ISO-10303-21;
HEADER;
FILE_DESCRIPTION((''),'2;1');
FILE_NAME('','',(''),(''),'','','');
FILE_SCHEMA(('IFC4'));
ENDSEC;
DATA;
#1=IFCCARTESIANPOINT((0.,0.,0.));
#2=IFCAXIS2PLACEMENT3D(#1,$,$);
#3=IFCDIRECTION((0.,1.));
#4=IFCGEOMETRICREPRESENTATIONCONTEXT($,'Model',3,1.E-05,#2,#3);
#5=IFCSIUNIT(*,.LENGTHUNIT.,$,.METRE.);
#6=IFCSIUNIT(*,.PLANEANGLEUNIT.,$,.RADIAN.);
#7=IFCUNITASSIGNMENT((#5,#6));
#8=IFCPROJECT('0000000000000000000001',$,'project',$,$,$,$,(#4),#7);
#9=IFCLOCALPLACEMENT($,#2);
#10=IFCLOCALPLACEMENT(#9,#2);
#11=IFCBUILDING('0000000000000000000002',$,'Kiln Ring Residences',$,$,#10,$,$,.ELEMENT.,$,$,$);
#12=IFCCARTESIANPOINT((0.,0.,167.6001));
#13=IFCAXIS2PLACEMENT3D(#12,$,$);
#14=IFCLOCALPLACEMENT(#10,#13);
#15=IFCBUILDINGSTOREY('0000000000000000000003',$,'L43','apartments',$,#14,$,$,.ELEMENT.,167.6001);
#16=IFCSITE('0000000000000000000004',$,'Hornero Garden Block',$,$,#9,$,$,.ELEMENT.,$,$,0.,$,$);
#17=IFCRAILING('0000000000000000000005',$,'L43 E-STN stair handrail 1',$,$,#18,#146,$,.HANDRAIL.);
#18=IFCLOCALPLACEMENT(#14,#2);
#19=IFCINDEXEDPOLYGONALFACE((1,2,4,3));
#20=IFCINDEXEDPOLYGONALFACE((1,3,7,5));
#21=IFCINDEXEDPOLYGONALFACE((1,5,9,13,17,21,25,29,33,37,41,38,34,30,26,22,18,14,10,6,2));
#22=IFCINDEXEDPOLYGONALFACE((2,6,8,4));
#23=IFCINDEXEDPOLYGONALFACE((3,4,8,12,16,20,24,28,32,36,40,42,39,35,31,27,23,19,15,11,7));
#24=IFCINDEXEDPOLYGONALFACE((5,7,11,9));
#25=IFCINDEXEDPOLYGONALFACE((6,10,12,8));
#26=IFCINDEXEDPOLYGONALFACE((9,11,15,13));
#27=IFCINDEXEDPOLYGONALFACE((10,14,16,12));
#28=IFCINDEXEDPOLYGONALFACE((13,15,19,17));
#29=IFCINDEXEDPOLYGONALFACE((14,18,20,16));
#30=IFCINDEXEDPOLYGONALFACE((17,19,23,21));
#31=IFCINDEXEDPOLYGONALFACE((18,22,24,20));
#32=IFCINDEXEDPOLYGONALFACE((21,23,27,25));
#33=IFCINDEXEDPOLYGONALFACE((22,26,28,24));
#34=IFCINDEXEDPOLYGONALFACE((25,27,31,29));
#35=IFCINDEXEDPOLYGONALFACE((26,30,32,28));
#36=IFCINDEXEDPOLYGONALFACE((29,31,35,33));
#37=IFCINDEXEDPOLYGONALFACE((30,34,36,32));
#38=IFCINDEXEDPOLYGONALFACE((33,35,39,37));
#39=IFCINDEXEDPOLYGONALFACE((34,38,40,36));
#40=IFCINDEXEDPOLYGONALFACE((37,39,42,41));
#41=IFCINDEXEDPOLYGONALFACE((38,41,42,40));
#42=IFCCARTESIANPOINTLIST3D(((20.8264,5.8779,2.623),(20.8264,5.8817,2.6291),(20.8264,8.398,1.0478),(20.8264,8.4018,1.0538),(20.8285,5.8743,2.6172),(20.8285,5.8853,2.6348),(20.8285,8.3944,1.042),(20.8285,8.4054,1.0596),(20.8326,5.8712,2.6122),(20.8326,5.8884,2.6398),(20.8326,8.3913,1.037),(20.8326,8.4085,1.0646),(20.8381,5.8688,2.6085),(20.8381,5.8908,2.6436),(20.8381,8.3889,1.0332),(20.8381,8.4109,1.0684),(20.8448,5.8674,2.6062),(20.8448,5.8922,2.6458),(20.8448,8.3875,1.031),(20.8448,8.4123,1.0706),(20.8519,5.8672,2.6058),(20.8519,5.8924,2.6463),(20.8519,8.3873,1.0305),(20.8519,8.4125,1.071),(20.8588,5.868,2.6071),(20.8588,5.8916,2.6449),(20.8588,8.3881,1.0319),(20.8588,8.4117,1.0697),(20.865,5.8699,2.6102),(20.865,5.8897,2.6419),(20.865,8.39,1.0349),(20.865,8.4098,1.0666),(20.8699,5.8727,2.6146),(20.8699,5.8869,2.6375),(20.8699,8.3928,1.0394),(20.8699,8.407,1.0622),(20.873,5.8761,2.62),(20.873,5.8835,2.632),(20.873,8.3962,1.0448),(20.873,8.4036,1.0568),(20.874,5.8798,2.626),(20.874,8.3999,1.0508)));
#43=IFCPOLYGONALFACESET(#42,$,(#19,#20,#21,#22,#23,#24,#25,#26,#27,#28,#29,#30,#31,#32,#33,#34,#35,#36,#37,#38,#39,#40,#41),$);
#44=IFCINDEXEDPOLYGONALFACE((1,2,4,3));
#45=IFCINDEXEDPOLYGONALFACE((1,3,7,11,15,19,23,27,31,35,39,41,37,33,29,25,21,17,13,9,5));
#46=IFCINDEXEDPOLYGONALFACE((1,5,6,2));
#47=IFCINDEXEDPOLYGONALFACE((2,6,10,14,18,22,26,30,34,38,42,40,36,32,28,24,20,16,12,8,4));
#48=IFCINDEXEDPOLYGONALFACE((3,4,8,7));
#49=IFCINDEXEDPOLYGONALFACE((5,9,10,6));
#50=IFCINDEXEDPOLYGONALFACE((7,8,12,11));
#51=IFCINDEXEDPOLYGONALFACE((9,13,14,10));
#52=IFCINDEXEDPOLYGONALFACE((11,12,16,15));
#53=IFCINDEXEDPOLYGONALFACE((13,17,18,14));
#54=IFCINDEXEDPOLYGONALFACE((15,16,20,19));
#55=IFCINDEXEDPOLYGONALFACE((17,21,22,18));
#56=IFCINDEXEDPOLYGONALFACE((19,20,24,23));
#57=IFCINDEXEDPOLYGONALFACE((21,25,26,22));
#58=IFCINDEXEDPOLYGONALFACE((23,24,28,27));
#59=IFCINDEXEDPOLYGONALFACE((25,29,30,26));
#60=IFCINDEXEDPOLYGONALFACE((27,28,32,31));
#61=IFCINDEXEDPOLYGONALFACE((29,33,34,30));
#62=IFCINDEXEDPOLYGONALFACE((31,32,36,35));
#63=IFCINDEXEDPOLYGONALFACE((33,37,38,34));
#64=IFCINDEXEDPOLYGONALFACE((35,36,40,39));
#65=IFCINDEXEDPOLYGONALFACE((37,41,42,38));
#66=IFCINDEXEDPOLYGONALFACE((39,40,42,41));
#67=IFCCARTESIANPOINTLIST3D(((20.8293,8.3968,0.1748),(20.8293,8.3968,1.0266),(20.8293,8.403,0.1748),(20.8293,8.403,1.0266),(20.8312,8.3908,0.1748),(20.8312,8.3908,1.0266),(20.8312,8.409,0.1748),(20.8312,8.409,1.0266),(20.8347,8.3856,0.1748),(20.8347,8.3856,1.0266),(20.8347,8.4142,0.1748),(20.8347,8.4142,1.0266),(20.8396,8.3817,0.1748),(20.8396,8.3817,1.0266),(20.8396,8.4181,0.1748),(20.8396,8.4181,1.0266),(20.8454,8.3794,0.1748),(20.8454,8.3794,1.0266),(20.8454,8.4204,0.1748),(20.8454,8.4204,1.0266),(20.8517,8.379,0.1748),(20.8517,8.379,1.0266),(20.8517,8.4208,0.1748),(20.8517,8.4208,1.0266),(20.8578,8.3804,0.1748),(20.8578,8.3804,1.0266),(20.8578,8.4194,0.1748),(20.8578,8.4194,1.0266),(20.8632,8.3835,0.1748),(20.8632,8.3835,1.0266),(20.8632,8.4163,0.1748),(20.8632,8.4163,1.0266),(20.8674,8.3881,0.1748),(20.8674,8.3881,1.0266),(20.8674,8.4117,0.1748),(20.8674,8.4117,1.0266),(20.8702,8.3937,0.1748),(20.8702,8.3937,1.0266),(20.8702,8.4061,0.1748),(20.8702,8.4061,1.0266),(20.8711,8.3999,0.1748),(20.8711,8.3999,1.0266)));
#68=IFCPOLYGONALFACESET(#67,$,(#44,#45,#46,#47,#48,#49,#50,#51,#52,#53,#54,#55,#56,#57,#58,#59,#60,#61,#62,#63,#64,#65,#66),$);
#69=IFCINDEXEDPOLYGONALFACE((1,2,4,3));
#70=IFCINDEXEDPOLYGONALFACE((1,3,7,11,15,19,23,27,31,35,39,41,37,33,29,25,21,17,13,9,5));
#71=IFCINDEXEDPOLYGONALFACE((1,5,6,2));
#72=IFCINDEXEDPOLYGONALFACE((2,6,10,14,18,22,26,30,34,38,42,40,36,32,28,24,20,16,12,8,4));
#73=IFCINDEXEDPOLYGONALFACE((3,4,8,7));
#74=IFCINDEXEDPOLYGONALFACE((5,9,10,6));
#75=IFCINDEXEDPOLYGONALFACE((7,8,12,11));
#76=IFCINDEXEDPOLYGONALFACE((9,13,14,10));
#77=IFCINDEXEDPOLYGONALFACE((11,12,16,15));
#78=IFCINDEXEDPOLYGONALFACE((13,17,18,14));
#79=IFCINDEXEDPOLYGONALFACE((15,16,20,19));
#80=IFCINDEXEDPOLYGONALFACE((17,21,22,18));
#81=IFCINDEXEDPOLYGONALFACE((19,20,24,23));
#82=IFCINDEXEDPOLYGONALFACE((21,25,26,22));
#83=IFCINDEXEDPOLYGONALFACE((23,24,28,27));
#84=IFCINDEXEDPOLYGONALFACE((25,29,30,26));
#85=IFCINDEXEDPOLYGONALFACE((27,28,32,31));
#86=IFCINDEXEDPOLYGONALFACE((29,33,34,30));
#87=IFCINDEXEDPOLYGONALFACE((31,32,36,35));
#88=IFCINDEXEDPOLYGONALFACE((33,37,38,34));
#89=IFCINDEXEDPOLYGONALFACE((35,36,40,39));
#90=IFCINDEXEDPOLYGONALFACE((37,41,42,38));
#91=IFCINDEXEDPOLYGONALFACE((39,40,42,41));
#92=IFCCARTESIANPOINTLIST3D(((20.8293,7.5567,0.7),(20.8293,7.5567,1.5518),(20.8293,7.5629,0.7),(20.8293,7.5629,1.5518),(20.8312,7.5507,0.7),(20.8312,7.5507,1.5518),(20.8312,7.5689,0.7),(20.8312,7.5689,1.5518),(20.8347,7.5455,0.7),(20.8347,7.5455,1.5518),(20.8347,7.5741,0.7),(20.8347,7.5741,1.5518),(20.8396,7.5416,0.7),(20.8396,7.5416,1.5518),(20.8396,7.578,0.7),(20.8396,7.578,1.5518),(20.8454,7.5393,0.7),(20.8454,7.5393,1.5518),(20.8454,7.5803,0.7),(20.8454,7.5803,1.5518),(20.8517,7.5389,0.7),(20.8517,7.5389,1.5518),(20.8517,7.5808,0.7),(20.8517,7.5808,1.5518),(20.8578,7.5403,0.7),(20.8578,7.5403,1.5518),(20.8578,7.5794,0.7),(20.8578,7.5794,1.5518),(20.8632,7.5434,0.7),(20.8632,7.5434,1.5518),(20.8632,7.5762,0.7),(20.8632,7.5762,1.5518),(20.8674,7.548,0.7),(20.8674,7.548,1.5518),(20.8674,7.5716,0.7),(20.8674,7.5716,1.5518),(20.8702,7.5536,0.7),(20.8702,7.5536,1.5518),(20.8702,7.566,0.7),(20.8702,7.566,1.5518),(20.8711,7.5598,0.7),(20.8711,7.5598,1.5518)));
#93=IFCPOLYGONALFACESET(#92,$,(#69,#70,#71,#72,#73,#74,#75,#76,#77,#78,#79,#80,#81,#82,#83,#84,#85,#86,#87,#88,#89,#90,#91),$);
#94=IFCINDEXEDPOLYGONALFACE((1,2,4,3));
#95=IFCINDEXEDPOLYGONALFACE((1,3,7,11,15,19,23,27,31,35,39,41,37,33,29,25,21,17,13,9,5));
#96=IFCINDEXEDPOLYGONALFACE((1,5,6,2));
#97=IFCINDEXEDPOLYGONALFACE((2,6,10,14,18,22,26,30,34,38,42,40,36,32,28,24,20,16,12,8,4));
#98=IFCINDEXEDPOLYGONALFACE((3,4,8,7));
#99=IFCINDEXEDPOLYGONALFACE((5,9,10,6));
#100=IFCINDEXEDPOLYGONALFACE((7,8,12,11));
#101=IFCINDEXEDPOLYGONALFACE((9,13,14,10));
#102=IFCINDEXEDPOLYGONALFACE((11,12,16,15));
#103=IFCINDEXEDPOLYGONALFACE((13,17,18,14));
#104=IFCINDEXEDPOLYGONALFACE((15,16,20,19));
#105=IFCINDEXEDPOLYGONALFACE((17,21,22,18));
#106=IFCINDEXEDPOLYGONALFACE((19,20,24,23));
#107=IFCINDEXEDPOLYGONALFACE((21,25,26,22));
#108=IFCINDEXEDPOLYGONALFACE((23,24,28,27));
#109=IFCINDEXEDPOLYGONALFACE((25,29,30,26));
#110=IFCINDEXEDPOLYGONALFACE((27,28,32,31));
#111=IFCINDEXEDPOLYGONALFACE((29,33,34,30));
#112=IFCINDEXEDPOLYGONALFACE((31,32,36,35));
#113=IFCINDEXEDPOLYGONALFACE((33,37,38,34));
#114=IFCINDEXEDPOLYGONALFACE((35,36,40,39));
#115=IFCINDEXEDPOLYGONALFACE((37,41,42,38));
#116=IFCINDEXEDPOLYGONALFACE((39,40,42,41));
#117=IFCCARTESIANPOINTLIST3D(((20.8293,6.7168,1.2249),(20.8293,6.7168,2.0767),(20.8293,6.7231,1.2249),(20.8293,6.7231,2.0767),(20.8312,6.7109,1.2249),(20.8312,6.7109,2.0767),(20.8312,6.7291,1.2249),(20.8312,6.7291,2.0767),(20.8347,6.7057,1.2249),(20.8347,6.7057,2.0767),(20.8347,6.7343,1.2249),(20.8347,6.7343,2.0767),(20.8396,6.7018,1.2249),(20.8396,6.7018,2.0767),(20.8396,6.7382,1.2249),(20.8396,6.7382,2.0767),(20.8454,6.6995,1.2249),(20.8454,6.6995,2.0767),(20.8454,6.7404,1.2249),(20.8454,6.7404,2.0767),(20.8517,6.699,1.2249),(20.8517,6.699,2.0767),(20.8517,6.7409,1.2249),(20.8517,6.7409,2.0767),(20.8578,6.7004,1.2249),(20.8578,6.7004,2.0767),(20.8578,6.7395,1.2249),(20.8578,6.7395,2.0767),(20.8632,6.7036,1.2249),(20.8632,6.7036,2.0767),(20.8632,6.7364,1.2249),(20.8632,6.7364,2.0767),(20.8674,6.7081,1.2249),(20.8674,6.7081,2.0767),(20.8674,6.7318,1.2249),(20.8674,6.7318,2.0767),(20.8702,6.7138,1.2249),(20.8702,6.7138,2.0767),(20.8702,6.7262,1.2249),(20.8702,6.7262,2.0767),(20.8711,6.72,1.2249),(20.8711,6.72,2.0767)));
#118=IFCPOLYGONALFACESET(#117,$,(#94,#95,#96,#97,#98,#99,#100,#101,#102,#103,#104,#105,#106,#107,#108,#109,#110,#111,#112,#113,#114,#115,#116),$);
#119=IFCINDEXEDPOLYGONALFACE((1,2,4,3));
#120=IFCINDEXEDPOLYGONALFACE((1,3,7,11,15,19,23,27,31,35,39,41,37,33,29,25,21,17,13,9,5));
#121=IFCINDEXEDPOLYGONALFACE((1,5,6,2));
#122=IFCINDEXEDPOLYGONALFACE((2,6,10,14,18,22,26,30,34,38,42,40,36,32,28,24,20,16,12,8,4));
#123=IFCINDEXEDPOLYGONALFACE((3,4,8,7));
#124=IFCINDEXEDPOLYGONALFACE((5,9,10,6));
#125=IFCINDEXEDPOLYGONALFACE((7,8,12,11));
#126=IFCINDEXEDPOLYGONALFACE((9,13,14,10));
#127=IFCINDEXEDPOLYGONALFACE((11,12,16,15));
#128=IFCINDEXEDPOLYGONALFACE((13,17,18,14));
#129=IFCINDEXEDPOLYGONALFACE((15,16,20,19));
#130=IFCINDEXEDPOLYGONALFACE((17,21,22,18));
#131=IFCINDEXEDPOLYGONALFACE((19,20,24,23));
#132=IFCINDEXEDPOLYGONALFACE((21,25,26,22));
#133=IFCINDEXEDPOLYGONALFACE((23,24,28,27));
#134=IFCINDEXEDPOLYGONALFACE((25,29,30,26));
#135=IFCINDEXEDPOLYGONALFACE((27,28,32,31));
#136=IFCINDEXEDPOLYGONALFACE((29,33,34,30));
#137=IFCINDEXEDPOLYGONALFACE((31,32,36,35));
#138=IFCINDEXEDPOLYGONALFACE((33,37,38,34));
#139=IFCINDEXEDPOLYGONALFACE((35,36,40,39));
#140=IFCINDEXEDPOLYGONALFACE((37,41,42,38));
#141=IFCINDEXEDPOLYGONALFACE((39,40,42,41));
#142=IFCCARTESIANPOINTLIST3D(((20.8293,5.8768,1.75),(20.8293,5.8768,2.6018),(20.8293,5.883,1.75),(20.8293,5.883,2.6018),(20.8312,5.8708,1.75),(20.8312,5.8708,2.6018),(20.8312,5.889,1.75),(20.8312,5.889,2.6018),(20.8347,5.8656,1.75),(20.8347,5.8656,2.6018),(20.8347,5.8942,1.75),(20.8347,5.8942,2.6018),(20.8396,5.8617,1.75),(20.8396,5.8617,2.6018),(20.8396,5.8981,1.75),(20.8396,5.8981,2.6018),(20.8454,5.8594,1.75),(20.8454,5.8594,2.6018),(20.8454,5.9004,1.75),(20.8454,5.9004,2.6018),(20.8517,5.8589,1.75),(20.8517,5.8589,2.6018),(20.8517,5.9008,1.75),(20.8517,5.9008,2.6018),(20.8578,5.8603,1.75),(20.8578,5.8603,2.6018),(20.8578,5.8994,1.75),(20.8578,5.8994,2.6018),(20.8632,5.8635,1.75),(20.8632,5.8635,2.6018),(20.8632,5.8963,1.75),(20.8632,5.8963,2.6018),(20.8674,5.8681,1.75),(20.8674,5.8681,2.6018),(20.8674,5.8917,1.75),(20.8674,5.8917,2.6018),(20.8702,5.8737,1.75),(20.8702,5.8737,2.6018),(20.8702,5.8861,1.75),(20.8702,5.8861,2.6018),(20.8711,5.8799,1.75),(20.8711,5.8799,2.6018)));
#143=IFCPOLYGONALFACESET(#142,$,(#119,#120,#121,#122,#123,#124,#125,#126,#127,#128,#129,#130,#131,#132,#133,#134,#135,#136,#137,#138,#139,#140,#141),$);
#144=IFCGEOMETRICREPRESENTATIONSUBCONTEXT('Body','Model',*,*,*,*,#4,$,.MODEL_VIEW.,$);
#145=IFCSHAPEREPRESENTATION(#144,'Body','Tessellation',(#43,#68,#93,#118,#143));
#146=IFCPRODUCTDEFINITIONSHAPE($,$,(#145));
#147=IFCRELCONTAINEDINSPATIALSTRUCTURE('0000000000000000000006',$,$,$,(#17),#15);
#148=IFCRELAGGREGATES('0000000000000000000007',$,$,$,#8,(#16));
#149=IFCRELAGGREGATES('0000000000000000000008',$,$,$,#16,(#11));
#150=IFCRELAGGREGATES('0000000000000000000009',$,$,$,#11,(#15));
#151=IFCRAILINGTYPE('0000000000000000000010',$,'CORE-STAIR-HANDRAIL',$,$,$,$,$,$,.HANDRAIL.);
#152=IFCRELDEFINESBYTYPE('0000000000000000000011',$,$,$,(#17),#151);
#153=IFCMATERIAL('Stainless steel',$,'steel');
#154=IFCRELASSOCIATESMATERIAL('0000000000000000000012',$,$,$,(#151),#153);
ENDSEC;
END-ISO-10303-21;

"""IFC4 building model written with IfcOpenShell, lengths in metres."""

from ifc_helpers import new_model, si_unit, direction, frame, origin, origin_2d, place, context, subcontext, project, spatial, circle, extrude, material, type_object, element, save


model = new_model("IFC4")

# Units and contexts
model_context = context("Model", 3, precision=1e-05, world=origin(), true_north=direction((0.0, 1.0)))
body_context = subcontext(model_context, "Body", "Model", "MODEL_VIEW")
ifc_project = project(units=[si_unit("LENGTHUNIT", "METRE"), si_unit("PLANEANGLEUNIT", "RADIAN")], contexts=[model_context])

# Site, building, storey
site_placement = place(None, origin())
site = spatial("IfcSite", under=ifc_project, at=site_placement, Name="Hornero Garden Block", CompositionType="ELEMENT", RefElevation=0.0)
building_placement = place(site_placement, origin())
building = spatial("IfcBuilding", under=site, at=building_placement, Name="Kiln Ring Residences", CompositionType="ELEMENT")
storey_placement = place(building_placement, frame((0.0, 0.0, 167.6001)))
storey = spatial("IfcBuildingStorey", under=building, at=storey_placement, Name="L43", Description="apartments", CompositionType="ELEMENT", Elevation=167.6001)

# Railing
ifc_material_1 = material(Name="Stainless steel", Category="steel")
railing_type_1 = type_object("IfcRailingType", Name="CORE-STAIR-HANDRAIL", PredefinedType="HANDRAIL", material=ifc_material_1)
railing_1_placement = place(storey_placement, frame((20.8501, 8.3999, 0.1748)))
element("IfcRailing", 1, at=railing_1_placement, inside=storey, type_object=railing_type_1, Name="L43 E-STN stair handrail 1", PredefinedType="HANDRAIL", context=body_context, shape_type="SweptSolid", body=[
    extrude(circle(Radius=0.0239, at=origin_2d()), frame((0.0, 0.0, 0.876), z_axis=(0.0, -0.847971, 0.530043), x_axis=(1.0, 0.0, 0.0)), (0.0, 0.0, 1.0), 2.9719),
    extrude(circle(Radius=0.021, at=origin_2d()), origin(), (0.0, 0.0, 1.0), 0.8518),
    extrude(circle(Radius=0.021, at=origin_2d()), frame((0.0, -0.8401, 0.5251)), (0.0, 0.0, 1.0), 0.8518),
    extrude(circle(Radius=0.021, at=origin_2d()), frame((0.0, -1.6799, 1.05)), (0.0, 0.0, 1.0), 0.8518),
    extrude(circle(Radius=0.021, at=origin_2d()), frame((0.0, -2.52, 1.5752)), (0.0, 0.0, 1.0), 0.8518),
])

save(model, "model.ifc")
